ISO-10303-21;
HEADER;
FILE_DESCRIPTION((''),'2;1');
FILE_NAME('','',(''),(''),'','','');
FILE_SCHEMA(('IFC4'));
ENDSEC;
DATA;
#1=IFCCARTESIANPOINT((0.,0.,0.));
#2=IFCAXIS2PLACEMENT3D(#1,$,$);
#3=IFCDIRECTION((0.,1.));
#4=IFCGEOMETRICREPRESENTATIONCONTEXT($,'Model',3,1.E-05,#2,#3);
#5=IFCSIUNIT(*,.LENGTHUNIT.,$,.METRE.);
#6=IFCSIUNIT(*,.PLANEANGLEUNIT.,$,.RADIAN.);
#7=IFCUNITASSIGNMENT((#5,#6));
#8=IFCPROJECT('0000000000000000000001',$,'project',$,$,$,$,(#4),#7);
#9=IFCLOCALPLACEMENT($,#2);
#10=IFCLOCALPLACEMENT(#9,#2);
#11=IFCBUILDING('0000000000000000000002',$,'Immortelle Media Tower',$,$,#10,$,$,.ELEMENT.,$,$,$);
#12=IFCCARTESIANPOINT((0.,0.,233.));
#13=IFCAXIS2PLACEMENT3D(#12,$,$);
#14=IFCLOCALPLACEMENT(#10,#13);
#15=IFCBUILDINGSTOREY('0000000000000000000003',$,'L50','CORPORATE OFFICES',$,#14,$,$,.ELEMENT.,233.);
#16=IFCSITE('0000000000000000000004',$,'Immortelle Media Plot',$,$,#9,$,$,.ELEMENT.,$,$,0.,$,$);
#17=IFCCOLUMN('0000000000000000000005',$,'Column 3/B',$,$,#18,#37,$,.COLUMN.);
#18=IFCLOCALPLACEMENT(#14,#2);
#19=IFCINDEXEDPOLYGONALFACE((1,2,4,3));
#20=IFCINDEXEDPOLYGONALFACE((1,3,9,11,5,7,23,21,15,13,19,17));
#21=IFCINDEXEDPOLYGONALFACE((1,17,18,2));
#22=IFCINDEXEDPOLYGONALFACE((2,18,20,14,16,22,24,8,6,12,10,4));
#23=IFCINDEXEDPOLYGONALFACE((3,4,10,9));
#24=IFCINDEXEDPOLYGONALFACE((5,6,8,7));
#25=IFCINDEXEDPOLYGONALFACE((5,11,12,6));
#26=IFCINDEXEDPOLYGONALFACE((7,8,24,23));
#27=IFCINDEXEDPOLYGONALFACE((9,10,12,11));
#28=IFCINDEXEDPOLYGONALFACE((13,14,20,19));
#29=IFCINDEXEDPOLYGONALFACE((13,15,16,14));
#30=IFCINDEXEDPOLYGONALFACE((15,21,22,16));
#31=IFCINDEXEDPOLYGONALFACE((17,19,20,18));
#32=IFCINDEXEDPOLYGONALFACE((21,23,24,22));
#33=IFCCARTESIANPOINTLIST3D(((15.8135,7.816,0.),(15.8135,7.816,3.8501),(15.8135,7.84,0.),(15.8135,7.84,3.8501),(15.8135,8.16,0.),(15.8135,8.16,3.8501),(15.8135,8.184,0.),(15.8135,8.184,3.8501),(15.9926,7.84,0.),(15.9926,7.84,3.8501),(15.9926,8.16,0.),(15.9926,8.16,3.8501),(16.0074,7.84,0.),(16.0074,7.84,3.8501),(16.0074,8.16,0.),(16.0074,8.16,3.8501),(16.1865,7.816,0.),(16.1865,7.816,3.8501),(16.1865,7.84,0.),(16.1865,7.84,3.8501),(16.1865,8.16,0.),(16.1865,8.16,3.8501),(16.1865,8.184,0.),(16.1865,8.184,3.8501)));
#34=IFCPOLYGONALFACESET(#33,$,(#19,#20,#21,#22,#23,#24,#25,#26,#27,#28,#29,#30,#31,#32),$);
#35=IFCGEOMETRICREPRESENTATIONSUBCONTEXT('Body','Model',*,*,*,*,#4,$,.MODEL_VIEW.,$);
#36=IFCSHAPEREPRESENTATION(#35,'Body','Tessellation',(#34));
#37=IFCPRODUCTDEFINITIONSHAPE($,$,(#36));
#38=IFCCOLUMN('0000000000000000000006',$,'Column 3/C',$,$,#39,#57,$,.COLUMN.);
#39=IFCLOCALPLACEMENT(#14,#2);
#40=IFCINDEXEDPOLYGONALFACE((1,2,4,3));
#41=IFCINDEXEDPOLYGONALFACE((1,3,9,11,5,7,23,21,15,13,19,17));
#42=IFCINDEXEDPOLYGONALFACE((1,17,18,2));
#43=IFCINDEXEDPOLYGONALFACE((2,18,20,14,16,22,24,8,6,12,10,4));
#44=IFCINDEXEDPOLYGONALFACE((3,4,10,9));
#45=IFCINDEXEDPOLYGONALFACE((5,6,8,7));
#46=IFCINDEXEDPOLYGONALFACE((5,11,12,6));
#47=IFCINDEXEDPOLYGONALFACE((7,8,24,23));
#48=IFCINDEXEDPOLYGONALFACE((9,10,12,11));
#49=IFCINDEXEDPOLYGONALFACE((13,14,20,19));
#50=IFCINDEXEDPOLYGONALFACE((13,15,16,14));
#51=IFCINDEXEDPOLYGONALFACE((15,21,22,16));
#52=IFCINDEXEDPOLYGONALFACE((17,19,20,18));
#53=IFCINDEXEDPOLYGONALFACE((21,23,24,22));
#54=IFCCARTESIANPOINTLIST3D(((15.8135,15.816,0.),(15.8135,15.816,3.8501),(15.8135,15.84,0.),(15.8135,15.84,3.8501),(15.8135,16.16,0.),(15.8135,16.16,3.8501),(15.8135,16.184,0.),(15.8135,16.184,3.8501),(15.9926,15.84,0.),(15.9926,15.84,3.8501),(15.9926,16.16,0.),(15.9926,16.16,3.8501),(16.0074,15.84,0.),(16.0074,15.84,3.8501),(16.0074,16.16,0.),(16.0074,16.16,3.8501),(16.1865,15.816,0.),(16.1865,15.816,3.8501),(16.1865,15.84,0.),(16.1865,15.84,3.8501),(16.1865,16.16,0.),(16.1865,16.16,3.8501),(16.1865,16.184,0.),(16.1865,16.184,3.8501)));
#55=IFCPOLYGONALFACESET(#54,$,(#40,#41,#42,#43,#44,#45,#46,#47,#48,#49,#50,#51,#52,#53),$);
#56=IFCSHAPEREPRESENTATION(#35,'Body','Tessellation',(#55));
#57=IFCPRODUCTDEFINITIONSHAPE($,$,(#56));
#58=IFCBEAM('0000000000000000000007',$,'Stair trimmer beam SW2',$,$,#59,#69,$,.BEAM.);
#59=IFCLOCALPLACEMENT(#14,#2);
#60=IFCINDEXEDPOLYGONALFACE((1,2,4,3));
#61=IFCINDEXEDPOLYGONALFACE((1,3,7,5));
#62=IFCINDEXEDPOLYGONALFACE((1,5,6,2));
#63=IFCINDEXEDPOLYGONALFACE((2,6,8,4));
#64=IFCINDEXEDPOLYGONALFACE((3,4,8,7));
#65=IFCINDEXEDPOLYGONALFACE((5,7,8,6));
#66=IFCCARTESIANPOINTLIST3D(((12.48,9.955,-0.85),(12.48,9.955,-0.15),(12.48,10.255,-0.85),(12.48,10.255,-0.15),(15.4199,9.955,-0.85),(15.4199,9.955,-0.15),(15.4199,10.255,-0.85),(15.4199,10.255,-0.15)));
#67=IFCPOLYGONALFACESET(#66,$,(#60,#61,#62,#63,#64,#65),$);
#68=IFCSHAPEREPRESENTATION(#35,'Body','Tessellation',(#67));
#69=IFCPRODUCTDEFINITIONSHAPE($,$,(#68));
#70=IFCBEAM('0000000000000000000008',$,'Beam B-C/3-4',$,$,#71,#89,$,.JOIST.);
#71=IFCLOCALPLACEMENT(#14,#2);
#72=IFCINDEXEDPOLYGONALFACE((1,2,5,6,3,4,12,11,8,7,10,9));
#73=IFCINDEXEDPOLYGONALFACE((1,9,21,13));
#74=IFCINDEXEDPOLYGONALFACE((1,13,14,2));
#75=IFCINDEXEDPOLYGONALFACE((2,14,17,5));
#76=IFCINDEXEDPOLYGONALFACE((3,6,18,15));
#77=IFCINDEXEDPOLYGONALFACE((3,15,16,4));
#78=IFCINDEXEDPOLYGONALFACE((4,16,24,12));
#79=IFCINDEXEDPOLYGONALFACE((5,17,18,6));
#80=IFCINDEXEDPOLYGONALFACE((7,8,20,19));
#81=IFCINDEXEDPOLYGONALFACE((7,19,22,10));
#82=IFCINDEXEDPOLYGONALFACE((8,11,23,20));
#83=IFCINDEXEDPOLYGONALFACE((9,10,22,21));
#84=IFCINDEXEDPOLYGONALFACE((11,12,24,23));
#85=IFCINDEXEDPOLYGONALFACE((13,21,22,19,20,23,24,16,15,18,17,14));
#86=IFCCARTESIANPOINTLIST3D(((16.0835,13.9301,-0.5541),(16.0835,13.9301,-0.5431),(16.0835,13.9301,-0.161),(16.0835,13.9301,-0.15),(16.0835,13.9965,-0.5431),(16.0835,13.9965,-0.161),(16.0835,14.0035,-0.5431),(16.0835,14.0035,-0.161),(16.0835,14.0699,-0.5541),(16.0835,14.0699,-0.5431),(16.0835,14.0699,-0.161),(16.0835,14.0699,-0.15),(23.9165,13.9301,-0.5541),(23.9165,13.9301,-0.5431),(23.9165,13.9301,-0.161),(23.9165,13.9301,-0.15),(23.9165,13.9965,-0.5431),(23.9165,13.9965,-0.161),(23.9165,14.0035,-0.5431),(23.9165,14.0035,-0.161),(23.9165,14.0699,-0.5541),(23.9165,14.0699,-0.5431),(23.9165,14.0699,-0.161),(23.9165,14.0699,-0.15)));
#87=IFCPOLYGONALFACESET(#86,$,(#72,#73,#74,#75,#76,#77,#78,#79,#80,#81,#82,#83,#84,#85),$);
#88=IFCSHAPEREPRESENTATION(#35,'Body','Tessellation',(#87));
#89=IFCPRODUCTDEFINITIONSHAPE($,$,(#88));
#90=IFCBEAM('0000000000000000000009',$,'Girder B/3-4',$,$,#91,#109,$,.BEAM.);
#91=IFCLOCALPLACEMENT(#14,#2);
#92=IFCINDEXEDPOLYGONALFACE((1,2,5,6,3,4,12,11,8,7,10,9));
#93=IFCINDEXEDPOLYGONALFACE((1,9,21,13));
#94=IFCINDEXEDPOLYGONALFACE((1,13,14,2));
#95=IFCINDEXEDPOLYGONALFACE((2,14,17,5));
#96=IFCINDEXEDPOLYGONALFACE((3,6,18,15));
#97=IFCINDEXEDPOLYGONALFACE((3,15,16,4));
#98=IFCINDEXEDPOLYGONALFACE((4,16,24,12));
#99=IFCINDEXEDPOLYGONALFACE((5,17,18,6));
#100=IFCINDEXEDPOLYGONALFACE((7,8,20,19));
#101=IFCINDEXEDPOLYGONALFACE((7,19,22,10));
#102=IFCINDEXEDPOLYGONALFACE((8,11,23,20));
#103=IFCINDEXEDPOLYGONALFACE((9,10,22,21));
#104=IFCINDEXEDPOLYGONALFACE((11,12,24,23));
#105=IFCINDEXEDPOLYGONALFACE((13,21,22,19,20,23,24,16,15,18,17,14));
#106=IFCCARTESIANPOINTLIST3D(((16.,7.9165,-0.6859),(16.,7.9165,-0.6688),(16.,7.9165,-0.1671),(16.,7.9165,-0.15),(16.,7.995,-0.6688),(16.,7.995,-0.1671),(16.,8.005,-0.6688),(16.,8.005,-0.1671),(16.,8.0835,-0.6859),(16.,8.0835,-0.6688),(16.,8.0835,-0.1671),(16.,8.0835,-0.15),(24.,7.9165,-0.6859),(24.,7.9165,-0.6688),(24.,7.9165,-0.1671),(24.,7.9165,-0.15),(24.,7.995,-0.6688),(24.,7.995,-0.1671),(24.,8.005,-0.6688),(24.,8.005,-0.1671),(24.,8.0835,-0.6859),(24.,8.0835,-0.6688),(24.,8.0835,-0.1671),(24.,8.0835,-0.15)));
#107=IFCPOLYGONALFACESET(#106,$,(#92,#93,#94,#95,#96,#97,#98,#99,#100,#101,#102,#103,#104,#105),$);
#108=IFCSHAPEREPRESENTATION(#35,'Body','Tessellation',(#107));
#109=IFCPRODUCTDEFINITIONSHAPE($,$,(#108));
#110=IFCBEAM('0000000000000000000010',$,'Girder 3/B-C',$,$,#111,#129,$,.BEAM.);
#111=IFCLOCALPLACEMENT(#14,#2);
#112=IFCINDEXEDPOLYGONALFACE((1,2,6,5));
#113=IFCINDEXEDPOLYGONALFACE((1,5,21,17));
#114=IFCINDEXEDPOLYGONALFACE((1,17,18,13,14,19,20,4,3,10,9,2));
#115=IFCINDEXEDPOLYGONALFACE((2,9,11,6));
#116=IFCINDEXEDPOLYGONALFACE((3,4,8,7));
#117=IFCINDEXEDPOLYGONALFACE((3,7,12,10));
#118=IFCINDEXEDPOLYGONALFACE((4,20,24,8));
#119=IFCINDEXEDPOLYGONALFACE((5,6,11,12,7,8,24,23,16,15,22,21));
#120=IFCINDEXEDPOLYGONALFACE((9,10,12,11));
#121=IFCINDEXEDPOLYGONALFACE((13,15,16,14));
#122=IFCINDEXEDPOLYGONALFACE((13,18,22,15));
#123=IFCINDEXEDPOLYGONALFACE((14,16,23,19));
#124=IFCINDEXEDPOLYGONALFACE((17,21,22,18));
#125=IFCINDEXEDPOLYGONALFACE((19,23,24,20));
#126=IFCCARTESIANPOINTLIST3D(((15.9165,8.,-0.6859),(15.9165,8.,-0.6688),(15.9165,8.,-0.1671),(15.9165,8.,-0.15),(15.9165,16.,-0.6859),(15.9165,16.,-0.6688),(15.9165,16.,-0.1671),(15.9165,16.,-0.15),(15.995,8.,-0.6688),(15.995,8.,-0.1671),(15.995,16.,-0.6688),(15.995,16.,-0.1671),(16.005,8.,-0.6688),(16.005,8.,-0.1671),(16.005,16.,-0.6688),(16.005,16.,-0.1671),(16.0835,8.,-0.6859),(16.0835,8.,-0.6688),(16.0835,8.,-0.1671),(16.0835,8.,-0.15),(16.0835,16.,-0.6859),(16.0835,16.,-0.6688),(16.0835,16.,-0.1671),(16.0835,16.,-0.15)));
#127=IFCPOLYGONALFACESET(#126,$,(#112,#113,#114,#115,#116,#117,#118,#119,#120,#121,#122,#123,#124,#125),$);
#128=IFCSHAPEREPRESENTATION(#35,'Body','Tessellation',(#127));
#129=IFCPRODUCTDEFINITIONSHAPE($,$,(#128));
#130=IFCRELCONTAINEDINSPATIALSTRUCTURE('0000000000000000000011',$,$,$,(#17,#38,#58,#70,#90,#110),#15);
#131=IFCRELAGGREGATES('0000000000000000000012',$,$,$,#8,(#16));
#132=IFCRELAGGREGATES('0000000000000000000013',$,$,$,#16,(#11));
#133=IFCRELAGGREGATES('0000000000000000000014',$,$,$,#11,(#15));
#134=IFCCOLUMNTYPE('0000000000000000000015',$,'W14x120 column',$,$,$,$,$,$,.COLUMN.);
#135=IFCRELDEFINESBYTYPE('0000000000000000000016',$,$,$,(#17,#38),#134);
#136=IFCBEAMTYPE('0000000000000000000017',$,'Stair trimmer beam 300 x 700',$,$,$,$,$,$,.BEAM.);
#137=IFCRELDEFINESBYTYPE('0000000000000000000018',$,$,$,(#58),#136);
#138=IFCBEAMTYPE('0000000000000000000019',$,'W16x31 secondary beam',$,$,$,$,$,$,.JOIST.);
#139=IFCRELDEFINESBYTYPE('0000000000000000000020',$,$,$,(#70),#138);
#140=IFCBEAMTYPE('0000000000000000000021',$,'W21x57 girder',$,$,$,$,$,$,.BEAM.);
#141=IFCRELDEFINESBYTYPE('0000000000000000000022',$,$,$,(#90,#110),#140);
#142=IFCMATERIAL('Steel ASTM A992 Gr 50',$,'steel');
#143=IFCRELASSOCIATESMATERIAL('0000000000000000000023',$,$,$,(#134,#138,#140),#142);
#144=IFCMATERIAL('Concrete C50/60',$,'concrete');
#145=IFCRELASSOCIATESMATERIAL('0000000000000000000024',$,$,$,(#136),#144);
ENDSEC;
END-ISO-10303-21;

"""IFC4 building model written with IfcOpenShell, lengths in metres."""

from ifc_helpers import new_model, si_unit, direction, frame, origin, origin_2d, place, context, subcontext, project, spatial, rectangle, i_section, extrude, material, material_profile, profile_set, type_object, element, save


model = new_model("IFC4")

# Units and contexts
model_context = context("Model", 3, precision=1e-05, world=origin(), true_north=direction((0.0, 1.0)))
body_context = subcontext(model_context, "Body", "Model", "MODEL_VIEW")
ifc_project = project(units=[si_unit("LENGTHUNIT", "METRE"), si_unit("PLANEANGLEUNIT", "RADIAN")], contexts=[model_context])

# Site, building, storey
site_placement = place(None, origin())
site = spatial("IfcSite", under=ifc_project, at=site_placement, Name="Immortelle Media Plot", CompositionType="ELEMENT", RefElevation=0.0)
building_placement = place(site_placement, origin())
building = spatial("IfcBuilding", under=site, at=building_placement, Name="Immortelle Media Tower", CompositionType="ELEMENT")
storey_placement = place(building_placement, frame((0.0, 0.0, 233.0)))
storey = spatial("IfcBuildingStorey", under=building, at=storey_placement, Name="L50", Description="CORPORATE OFFICES", CompositionType="ELEMENT", Elevation=233.0)

# Columns
ifc_material_1 = material(Name="Steel ASTM A992 Gr 50", Category="steel")
ifc_material_profile_1 = material_profile(ifc_material_1, i_section(OverallWidth=0.373, OverallDepth=0.3679, WebThickness=0.0149, FlangeThickness=0.0239, at=origin_2d()), Name="W14x120")
ifc_profile_set_1 = profile_set([ifc_material_profile_1], Name="Steel ASTM A992 Gr 50")
column_type = type_object("IfcColumnType", Name="W14x120 column", PredefinedType="COLUMN", material=ifc_profile_set_1)
for number, where, z_axis, x_axis, name in (
    (1, (16.0, 8.0, 0.0), (0.0, 0.0, 1.0), (1.0, 0.0, 0.0), "Column 3/B"),
    (2, (16.0, 16.0, 0.0), (0.0, 0.0, 1.0), (1.0, 0.0, 0.0), "Column 3/C"),
):
    element("IfcColumn", number, at=place(storey_placement, frame(where, z_axis=z_axis, x_axis=x_axis)), inside=storey, type_object=column_type, Name=name, PredefinedType="COLUMN", context=body_context, shape_type="SweptSolid", body=[
        extrude(i_section(OverallWidth=0.373, OverallDepth=0.3679, WebThickness=0.0149, FlangeThickness=0.0239, at=origin_2d()), origin(), (0.0, 0.0, 1.0), 3.8501),
    ])

# Beams
ifc_material_2 = material(Name="Concrete C50/60", Category="concrete")
ifc_material_profile_2 = material_profile(ifc_material_2, rectangle(XDim=0.3, YDim=0.7, at=origin_2d()), Name="RC 300x700")
ifc_profile_set_2 = profile_set([ifc_material_profile_2], Name="Concrete C50/60")
beam_type_1 = type_object("IfcBeamType", Name="Stair trimmer beam 300 x 700", PredefinedType="BEAM", material=ifc_profile_set_2)
beam_1_placement = place(storey_placement, frame((12.48, 10.105, -0.5), z_axis=(1.0, 0.0, 0.0), x_axis=(0.0, 1.0, 0.0)))
element("IfcBeam", 3, at=beam_1_placement, inside=storey, type_object=beam_type_1, Name="Stair trimmer beam SW2", PredefinedType="BEAM", context=body_context, shape_type="SweptSolid", body=[
    extrude(rectangle(XDim=0.3, YDim=0.7, at=origin_2d()), origin(), (0.0, 0.0, 1.0), 2.9399),
])
ifc_material_profile_3 = material_profile(ifc_material_1, i_section(OverallWidth=0.1399, OverallDepth=0.4041, WebThickness=0.0071, FlangeThickness=0.011, at=origin_2d()), Name="W16x31")
ifc_profile_set_3 = profile_set([ifc_material_profile_3], Name="Steel ASTM A992 Gr 50")
beam_type_2 = type_object("IfcBeamType", Name="W16x31 secondary beam", PredefinedType="JOIST", material=ifc_profile_set_3)
beam_2_placement = place(storey_placement, frame((16.0835, 14.0, -0.3521), z_axis=(1.0, 0.0, 0.0), x_axis=(0.0, 1.0, 0.0)))
element("IfcBeam", 4, at=beam_2_placement, inside=storey, type_object=beam_type_2, Name="Beam B-C/3-4", PredefinedType="JOIST", context=body_context, shape_type="SweptSolid", body=[
    extrude(i_section(OverallWidth=0.1399, OverallDepth=0.4041, WebThickness=0.0071, FlangeThickness=0.011, at=origin_2d()), origin(), (0.0, 0.0, 1.0), 7.833),
])
ifc_material_profile_4 = material_profile(ifc_material_1, i_section(OverallWidth=0.167, OverallDepth=0.5359, WebThickness=0.01, FlangeThickness=0.0171, at=origin_2d()), Name="W21x57")
ifc_profile_set_4 = profile_set([ifc_material_profile_4], Name="Steel ASTM A992 Gr 50")
beam_type_3 = type_object("IfcBeamType", Name="W21x57 girder", PredefinedType="BEAM", material=ifc_profile_set_4)
for number, where, z_axis, x_axis, name in (
    (5, (16.0, 8.0, -0.418), (1.0, 0.0, 0.0), (0.0, 1.0, 0.0), "Girder B/3-4"),
    (6, (16.0, 8.0, -0.418), (0.0, 1.0, 0.0), (-1.0, 0.0, 0.0), "Girder 3/B-C"),
):
    element("IfcBeam", number, at=place(storey_placement, frame(where, z_axis=z_axis, x_axis=x_axis)), inside=storey, type_object=beam_type_3, Name=name, PredefinedType="BEAM", context=body_context, shape_type="SweptSolid", body=[
        extrude(i_section(OverallWidth=0.167, OverallDepth=0.5359, WebThickness=0.01, FlangeThickness=0.0171, at=origin_2d()), origin(), (0.0, 0.0, 1.0), 8.0),
    ])

save(model, "model.ifc")
